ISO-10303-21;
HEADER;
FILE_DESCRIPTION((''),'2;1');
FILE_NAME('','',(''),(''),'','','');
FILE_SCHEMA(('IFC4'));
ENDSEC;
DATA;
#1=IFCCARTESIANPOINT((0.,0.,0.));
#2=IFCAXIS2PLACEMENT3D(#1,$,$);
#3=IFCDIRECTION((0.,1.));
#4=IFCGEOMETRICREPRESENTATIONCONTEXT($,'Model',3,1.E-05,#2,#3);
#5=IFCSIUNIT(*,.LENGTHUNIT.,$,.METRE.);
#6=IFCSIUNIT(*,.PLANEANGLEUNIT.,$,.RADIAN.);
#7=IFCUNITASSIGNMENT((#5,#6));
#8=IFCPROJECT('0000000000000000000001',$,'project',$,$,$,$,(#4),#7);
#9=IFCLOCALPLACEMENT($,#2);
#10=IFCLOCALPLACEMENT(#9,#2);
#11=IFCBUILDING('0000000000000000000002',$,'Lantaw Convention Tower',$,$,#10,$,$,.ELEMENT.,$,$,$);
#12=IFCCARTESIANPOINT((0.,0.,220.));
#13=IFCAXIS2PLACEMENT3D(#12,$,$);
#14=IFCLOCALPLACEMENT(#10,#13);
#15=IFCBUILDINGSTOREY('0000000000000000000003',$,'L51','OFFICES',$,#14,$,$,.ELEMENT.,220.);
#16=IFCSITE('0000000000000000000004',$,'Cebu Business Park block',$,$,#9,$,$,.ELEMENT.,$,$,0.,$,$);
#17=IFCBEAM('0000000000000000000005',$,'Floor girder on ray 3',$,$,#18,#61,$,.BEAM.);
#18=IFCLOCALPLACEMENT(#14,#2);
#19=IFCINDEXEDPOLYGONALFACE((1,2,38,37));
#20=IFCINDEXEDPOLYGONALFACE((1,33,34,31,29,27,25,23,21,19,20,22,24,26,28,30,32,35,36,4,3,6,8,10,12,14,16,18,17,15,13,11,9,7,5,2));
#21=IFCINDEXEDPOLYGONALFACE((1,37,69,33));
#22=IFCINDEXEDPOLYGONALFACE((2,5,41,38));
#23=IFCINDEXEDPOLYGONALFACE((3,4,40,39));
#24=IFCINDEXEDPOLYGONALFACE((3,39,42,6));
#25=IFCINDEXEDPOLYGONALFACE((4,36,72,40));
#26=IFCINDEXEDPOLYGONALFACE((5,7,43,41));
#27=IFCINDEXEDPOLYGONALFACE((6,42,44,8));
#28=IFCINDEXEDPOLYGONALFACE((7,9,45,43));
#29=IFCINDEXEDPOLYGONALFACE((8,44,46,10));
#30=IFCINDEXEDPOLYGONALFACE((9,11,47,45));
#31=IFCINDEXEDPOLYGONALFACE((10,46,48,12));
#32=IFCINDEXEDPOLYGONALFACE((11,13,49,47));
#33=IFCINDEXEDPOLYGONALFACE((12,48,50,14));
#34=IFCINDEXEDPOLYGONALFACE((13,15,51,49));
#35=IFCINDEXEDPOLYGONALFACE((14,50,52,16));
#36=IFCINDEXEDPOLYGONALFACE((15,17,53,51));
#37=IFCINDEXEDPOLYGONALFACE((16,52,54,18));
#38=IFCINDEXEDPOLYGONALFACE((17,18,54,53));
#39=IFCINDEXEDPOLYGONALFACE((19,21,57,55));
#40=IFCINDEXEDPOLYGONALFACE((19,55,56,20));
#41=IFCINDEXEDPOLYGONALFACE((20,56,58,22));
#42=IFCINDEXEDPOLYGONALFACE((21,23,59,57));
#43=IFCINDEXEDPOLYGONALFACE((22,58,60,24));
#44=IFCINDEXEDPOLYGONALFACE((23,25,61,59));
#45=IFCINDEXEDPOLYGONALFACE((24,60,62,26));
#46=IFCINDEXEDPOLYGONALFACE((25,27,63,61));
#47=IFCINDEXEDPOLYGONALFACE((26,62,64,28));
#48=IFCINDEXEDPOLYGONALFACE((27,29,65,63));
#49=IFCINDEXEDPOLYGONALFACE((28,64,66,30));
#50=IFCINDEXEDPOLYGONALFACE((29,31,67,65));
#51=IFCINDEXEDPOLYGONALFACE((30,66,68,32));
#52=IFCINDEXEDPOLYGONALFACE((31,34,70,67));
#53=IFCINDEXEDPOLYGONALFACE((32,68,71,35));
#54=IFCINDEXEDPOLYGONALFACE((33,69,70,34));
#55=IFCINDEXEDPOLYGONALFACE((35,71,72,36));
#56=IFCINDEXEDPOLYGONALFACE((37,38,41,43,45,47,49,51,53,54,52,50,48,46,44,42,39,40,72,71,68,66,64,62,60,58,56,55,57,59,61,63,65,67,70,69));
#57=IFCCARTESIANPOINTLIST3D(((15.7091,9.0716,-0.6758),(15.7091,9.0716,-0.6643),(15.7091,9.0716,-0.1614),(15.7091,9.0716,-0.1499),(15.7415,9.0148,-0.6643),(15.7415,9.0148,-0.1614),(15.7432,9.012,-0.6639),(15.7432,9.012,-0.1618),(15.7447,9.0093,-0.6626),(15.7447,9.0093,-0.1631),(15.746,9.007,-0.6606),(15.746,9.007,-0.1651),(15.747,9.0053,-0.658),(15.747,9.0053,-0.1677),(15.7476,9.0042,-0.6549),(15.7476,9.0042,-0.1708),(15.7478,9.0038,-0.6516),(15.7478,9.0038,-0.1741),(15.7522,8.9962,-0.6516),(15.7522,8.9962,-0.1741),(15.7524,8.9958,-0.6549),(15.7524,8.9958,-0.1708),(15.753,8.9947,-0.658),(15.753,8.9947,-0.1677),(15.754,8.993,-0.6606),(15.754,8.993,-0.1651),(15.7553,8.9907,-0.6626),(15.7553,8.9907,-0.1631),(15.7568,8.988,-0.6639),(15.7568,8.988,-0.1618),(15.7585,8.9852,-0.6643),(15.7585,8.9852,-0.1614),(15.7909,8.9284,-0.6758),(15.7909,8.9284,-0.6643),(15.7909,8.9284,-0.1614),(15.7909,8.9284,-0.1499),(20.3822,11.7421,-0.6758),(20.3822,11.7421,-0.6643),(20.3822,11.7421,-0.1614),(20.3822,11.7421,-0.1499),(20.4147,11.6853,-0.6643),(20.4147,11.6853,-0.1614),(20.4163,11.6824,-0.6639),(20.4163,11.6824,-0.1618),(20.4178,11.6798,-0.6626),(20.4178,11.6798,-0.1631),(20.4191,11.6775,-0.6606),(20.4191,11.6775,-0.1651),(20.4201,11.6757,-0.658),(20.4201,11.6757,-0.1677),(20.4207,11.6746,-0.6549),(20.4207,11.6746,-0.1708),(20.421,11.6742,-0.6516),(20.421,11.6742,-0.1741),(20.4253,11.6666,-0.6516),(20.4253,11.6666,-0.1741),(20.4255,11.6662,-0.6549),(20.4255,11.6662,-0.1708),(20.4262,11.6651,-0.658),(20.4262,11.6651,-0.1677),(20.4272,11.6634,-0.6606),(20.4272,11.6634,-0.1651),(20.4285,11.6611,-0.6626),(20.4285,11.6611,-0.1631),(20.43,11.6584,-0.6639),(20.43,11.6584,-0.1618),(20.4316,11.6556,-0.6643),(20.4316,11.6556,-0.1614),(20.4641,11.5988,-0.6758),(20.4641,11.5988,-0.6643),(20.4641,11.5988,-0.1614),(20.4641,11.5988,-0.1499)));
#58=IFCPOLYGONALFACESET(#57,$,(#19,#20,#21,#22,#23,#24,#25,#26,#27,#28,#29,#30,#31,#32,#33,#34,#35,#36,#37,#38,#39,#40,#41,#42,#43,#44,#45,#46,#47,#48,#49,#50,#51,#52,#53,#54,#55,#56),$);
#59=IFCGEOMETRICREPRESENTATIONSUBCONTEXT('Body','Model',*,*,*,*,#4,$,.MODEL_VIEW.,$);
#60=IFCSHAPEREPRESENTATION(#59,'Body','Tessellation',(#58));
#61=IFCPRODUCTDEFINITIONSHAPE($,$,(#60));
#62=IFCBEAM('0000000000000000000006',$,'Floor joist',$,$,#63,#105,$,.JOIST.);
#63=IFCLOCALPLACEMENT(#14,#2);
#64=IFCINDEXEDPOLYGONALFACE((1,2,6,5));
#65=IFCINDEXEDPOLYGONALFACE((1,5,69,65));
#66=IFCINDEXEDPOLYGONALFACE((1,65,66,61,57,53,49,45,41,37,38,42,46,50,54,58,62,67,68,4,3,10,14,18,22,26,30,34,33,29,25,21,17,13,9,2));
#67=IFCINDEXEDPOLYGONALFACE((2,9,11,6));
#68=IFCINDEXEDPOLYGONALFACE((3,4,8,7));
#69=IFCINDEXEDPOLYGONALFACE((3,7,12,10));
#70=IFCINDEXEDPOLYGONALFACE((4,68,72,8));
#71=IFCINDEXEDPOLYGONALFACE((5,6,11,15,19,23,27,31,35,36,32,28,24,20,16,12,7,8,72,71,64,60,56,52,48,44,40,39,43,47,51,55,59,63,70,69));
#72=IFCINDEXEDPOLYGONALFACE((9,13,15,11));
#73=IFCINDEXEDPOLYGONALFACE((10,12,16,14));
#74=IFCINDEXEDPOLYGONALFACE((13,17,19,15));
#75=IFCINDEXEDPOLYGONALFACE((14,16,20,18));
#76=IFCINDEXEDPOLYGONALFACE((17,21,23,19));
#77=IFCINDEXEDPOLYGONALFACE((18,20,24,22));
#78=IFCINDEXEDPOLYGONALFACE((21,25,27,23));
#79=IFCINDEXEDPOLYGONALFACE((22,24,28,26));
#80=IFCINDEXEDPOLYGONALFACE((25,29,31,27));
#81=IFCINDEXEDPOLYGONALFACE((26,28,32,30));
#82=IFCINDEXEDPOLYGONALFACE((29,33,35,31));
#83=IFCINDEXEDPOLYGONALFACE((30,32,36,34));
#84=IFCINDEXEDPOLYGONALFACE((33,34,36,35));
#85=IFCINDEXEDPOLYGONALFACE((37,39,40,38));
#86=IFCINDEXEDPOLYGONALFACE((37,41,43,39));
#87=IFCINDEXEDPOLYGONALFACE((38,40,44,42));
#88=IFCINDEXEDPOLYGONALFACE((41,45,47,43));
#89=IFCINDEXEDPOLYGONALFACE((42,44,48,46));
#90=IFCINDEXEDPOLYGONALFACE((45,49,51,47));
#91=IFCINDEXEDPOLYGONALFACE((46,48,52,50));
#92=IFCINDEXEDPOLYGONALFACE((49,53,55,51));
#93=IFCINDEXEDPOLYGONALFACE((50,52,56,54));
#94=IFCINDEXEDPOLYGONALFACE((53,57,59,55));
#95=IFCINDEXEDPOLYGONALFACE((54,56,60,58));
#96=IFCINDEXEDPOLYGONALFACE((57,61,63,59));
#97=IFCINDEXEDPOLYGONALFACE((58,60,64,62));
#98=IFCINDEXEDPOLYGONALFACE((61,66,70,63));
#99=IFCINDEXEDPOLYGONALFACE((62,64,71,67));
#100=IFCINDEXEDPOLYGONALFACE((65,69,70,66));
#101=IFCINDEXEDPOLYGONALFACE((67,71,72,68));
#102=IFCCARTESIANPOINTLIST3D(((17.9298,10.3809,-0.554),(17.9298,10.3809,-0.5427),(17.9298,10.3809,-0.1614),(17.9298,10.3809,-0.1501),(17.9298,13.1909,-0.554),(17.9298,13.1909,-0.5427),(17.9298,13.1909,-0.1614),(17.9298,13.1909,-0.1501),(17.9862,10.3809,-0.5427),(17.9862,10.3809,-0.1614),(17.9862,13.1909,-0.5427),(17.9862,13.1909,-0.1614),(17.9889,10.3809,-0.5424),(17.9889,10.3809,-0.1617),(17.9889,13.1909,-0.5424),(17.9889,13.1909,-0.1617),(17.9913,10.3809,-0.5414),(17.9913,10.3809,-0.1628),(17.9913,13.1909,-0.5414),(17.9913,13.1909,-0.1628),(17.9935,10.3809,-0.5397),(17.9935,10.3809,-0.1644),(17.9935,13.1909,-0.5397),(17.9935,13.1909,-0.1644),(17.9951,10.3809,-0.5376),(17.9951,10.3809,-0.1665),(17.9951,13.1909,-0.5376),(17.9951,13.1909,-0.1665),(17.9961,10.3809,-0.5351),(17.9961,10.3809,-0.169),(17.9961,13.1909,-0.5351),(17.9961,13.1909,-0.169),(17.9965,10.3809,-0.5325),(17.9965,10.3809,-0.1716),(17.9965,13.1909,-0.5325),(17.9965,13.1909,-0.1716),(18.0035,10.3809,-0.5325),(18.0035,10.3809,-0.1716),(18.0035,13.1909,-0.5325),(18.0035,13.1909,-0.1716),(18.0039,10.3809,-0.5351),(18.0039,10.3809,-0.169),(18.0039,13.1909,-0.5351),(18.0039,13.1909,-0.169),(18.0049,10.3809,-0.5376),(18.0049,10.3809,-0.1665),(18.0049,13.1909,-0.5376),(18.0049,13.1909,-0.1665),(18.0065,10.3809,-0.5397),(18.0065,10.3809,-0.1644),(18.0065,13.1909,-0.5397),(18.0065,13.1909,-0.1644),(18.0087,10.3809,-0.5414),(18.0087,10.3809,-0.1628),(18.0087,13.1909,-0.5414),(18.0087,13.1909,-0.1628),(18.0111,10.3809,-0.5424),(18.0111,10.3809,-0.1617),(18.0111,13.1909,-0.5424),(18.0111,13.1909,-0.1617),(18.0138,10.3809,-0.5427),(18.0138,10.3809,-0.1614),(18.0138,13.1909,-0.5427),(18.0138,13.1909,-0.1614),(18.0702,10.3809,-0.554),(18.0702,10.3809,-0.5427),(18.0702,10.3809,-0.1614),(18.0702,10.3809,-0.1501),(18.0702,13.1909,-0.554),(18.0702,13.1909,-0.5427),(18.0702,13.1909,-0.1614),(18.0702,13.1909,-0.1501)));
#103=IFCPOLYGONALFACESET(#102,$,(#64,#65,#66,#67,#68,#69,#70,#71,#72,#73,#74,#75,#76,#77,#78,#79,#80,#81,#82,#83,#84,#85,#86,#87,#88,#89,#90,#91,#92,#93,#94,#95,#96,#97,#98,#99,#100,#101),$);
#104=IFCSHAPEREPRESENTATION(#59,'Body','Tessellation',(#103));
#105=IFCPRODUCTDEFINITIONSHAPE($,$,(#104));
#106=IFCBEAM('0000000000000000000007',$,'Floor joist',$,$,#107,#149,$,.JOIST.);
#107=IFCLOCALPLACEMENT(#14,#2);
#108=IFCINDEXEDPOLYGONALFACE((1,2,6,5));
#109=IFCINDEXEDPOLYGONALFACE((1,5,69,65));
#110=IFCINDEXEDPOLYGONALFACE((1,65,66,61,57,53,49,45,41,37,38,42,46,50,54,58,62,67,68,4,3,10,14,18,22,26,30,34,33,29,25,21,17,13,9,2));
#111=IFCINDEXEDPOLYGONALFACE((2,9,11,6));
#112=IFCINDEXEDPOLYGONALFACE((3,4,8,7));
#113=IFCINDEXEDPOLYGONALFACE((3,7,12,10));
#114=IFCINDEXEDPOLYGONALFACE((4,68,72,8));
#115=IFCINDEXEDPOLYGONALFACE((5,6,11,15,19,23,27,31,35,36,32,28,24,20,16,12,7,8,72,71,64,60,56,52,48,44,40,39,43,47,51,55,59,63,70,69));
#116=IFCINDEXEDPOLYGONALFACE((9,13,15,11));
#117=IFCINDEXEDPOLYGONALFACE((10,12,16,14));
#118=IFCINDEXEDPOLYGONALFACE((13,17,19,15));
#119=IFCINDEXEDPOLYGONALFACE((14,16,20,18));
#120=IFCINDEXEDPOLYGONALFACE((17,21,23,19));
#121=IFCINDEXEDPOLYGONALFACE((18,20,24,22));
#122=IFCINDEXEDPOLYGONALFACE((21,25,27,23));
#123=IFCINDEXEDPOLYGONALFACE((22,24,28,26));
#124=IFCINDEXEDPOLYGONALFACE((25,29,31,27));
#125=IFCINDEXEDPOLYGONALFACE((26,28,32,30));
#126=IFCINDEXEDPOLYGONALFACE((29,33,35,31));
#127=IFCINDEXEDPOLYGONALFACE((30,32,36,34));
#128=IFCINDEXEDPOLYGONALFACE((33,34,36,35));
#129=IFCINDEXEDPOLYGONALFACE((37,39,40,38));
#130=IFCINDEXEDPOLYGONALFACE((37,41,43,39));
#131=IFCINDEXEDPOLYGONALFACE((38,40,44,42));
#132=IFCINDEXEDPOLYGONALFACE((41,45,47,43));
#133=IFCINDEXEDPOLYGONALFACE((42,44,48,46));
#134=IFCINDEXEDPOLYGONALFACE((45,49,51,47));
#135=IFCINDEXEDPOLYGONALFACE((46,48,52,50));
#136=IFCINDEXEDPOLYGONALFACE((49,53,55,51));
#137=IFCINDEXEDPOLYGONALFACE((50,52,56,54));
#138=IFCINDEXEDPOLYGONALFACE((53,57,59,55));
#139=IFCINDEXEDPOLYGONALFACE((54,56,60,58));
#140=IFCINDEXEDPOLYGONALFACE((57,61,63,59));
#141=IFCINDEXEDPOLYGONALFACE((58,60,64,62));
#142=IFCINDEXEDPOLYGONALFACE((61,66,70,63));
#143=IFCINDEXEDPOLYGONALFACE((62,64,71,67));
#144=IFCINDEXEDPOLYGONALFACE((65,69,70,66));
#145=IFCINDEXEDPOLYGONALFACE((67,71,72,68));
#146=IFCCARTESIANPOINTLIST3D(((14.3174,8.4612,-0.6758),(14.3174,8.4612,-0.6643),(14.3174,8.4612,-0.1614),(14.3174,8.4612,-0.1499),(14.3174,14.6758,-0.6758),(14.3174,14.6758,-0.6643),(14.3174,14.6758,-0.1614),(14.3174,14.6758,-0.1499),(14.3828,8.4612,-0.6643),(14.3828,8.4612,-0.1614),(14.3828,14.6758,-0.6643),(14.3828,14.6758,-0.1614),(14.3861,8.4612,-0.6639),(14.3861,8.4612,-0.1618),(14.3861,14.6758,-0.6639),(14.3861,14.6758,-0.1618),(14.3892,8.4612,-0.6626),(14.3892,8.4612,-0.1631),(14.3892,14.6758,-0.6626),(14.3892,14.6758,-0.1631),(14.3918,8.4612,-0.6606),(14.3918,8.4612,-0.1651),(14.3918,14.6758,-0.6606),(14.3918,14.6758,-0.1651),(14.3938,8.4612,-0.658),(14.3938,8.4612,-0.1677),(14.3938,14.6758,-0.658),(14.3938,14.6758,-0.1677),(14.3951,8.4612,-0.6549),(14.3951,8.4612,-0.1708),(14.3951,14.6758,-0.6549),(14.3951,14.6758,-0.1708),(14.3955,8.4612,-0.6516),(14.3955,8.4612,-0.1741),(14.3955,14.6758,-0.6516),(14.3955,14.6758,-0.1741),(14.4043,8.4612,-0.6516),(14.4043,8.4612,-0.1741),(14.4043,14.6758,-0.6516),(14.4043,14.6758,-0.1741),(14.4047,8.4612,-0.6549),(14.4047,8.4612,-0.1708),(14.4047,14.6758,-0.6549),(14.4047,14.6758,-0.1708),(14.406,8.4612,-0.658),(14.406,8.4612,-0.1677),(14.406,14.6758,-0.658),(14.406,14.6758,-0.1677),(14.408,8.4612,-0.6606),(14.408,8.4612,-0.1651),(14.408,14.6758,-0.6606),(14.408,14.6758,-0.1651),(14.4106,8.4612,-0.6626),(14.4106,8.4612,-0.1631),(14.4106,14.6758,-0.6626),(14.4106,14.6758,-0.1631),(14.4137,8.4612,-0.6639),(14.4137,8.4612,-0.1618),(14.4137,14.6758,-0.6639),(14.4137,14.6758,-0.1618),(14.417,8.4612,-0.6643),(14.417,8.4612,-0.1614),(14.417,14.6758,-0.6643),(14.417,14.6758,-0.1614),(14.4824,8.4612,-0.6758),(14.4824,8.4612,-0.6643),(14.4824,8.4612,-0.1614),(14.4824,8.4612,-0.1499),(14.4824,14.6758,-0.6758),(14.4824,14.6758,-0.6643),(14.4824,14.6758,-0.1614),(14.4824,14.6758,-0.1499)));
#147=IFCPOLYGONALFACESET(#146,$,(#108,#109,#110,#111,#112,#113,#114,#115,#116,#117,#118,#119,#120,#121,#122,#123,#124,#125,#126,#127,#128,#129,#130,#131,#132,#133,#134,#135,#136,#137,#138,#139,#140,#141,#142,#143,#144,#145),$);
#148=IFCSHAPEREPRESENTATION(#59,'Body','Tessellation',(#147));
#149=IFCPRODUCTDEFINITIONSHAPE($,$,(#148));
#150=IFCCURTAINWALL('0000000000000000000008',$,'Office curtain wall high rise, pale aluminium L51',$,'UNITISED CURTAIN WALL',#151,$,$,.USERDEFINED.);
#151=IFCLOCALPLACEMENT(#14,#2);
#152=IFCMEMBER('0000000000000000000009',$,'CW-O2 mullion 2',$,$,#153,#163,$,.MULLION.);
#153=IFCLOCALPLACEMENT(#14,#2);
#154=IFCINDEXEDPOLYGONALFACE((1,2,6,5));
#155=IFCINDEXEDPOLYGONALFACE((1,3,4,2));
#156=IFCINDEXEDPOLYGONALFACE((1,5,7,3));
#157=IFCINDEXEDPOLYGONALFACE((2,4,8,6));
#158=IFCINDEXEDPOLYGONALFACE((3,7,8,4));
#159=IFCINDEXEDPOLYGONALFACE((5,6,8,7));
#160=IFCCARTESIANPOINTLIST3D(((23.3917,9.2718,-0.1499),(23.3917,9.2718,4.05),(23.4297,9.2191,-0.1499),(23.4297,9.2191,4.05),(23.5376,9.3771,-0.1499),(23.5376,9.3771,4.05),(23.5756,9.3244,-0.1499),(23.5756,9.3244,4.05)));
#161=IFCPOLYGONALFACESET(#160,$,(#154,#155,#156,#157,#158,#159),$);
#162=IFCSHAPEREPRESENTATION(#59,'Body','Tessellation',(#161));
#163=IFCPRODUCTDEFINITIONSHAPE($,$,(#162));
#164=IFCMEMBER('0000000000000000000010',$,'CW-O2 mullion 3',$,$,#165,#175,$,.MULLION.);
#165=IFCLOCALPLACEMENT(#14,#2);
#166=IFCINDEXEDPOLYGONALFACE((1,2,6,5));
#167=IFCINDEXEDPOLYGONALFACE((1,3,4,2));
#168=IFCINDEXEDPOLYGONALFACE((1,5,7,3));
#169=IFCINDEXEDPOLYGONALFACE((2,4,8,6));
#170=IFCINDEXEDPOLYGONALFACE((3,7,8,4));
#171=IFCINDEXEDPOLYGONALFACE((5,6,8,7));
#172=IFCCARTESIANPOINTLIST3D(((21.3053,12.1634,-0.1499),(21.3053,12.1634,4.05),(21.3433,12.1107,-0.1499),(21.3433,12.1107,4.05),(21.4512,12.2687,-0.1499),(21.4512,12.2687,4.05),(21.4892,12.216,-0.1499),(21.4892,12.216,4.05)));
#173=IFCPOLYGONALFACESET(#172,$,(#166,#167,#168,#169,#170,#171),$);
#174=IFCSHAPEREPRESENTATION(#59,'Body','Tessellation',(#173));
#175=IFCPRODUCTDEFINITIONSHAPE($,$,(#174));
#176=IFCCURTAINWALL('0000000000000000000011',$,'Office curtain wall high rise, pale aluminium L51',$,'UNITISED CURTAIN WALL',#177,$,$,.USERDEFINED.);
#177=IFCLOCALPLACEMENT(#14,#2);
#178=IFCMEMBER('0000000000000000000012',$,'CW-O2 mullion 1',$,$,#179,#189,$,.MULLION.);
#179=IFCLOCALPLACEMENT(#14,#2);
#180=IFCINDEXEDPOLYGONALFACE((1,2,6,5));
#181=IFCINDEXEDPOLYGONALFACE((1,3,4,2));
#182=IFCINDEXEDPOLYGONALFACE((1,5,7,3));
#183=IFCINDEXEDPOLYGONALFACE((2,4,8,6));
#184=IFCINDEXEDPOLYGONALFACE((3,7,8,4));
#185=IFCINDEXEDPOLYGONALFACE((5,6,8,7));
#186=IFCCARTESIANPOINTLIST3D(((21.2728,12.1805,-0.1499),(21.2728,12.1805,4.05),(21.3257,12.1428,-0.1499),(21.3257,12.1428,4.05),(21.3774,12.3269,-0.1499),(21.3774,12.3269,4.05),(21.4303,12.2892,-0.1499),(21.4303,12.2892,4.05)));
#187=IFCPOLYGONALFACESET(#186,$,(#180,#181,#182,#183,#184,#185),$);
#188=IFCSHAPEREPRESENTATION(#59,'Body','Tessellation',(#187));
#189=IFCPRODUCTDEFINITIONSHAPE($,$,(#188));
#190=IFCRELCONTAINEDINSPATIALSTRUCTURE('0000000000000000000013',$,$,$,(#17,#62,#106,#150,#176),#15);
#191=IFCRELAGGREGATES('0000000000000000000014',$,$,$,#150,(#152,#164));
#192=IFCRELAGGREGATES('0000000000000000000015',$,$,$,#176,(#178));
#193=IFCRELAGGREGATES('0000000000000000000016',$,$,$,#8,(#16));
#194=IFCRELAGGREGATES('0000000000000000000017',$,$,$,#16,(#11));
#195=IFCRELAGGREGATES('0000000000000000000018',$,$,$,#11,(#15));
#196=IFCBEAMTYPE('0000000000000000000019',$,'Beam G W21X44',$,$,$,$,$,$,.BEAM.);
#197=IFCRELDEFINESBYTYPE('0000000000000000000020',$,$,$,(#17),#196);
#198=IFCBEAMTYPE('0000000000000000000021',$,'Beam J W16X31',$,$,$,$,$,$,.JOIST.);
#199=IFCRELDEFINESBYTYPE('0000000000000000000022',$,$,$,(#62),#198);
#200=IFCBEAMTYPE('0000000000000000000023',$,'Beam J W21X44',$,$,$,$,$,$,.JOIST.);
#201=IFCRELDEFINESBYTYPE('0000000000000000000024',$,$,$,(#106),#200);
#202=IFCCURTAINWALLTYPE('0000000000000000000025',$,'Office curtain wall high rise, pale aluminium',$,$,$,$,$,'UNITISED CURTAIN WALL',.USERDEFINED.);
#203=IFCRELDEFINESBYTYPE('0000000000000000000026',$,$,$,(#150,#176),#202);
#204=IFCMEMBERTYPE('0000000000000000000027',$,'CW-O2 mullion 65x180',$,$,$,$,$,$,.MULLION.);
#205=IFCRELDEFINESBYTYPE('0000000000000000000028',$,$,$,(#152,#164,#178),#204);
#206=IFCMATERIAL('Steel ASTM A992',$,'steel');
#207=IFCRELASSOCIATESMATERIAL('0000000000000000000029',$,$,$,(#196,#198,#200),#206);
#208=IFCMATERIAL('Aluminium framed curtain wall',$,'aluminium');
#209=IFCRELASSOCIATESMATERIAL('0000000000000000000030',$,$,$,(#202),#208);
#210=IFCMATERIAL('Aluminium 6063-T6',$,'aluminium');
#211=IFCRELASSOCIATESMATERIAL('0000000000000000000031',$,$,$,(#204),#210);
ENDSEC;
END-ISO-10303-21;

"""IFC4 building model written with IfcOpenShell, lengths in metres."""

from ifc_helpers import new_model, si_unit, direction, frame, origin, origin_2d, place, context, subcontext, project, spatial, rectangle, i_section, extrude, material, material_profile, profile_set, type_object, element, aggregate, save


model = new_model("IFC4")

# Units and contexts
model_context = context("Model", 3, precision=1e-05, world=origin(), true_north=direction((0.0, 1.0)))
body_context = subcontext(model_context, "Body", "Model", "MODEL_VIEW")
ifc_project = project(units=[si_unit("LENGTHUNIT", "METRE"), si_unit("PLANEANGLEUNIT", "RADIAN")], contexts=[model_context])

# Site, building, storey
site_placement = place(None, origin())
site = spatial("IfcSite", under=ifc_project, at=site_placement, Name="Cebu Business Park block", CompositionType="ELEMENT", RefElevation=0.0)
building_placement = place(site_placement, origin())
building = spatial("IfcBuilding", under=site, at=building_placement, Name="Lantaw Convention Tower", CompositionType="ELEMENT")
storey_placement = place(building_placement, frame((0.0, 0.0, 220.0)))
storey = spatial("IfcBuildingStorey", under=building, at=storey_placement, Name="L51", Description="OFFICES", CompositionType="ELEMENT", Elevation=220.0)

# Beams
ifc_material_1 = material(Name="Steel ASTM A992", Category="steel")
ifc_material_profile_1 = material_profile(ifc_material_1, i_section(OverallWidth=0.165, OverallDepth=0.5259, WebThickness=0.0088, FlangeThickness=0.0115, FilletRadius=0.0127, at=origin_2d()), Name="W21X44")
ifc_profile_set_1 = profile_set([ifc_material_profile_1], Name="Steel ASTM A992")
beam_type_1 = type_object("IfcBeamType", Name="Beam G W21X44", PredefinedType="BEAM", material=ifc_profile_set_1)
beam_1_placement = place(storey_placement, frame((15.75, 9.0, -0.4128), z_axis=(0.868238, 0.496149, 0.0), x_axis=(-0.496149, 0.868238, 0.0)))
element("IfcBeam", 1, at=beam_1_placement, inside=storey, type_object=beam_type_1, Name="Floor girder on ray 3", PredefinedType="BEAM", context=body_context, shape_type="SweptSolid", body=[
    extrude(i_section(OverallWidth=0.165, OverallDepth=0.5259, WebThickness=0.0088, FlangeThickness=0.0115, FilletRadius=0.0127, at=origin_2d()), origin(), (0.0, 0.0, 1.0), 5.3823),
])
ifc_material_profile_2 = material_profile(ifc_material_1, i_section(OverallWidth=0.1404, OverallDepth=0.4038, WebThickness=0.0071, FlangeThickness=0.0112, FilletRadius=0.0103, at=origin_2d()), Name="W16X31")
ifc_profile_set_2 = profile_set([ifc_material_profile_2], Name="Steel ASTM A992")
beam_type_2 = type_object("IfcBeamType", Name="Beam J W16X31", PredefinedType="JOIST", material=ifc_profile_set_2)
beam_2_placement = place(storey_placement, frame((18.0, 10.3809, -0.3521), z_axis=(0.0, 1.0, 0.0), x_axis=(-1.0, 0.0, 0.0)))
element("IfcBeam", 2, at=beam_2_placement, inside=storey, type_object=beam_type_2, Name="Floor joist", PredefinedType="JOIST", context=body_context, shape_type="SweptSolid", body=[
    extrude(i_section(OverallWidth=0.1404, OverallDepth=0.4038, WebThickness=0.0071, FlangeThickness=0.0112, FilletRadius=0.0103, at=origin_2d()), origin(), (0.0, 0.0, 1.0), 2.8101),
])
ifc_material_profile_3 = material_profile(ifc_material_1, i_section(OverallWidth=0.165, OverallDepth=0.5259, WebThickness=0.0088, FlangeThickness=0.0115, FilletRadius=0.0127, at=origin_2d()), Name="W21X44")
ifc_profile_set_3 = profile_set([ifc_material_profile_3], Name="Steel ASTM A992")
beam_type_3 = type_object("IfcBeamType", Name="Beam J W21X44", PredefinedType="JOIST", material=ifc_profile_set_3)
beam_3_placement = place(storey_placement, frame((14.3999, 8.4612, -0.4128), z_axis=(0.0, 1.0, 0.0), x_axis=(-1.0, 0.0, 0.0)))
element("IfcBeam", 3, at=beam_3_placement, inside=storey, type_object=beam_type_3, Name="Floor joist", PredefinedType="JOIST", context=body_context, shape_type="SweptSolid", body=[
    extrude(i_section(OverallWidth=0.165, OverallDepth=0.5259, WebThickness=0.0088, FlangeThickness=0.0115, FilletRadius=0.0127, at=origin_2d()), origin(), (0.0, 0.0, 1.0), 6.2146),
])

# Curtain walls, members
ifc_material_2 = material(Name="Aluminium framed curtain wall", Category="aluminium")
curtain_wall_type = type_object("IfcCurtainWallType", Name="Office curtain wall high rise, pale aluminium", ElementType="UNITISED CURTAIN WALL", PredefinedType="USERDEFINED", material=ifc_material_2)
curtain_wall_1_placement = place(storey_placement, origin())
curtain_wall_1 = element("IfcCurtainWall", 4, at=curtain_wall_1_placement, inside=storey, type_object=curtain_wall_type, Name="Office curtain wall high rise, pale aluminium L51", ObjectType="UNITISED CURTAIN WALL", PredefinedType="USERDEFINED")
ifc_material_3 = material(Name="Aluminium 6063-T6", Category="aluminium")
ifc_material_profile_4 = material_profile(ifc_material_3, rectangle(XDim=0.1799, YDim=0.0649, at=origin_2d()), Name="CW-O2 mullion 65x180")
ifc_profile_set_4 = profile_set([ifc_material_profile_4], Name="Aluminium 6063-T6")
member_type_1 = type_object("IfcMemberType", Name="CW-O2 mullion 65x180", PredefinedType="MULLION", material=ifc_profile_set_4)
member_1_placement = place(storey_placement, frame((23.4836, 9.2981, -0.1499), z_axis=(0.0, 0.0, 1.0), x_axis=(-0.81092, -0.585158, 0.0)))
member_1 = element("IfcMember", 5, at=member_1_placement, type_object=member_type_1, Name="CW-O2 mullion 2", PredefinedType="MULLION", context=body_context, shape_type="SweptSolid", body=[
    extrude(rectangle(XDim=0.1799, YDim=0.0649, at=origin_2d()), origin(), (0.0, 0.0, 1.0), 4.2),
])
member_2_placement = place(storey_placement, frame((21.3972, 12.1897, -0.1499), z_axis=(0.0, 0.0, 1.0), x_axis=(-0.81092, -0.585158, 0.0)))
member_2 = element("IfcMember", 6, at=member_2_placement, type_object=member_type_1, Name="CW-O2 mullion 3", PredefinedType="MULLION", context=body_context, shape_type="SweptSolid", body=[
    extrude(rectangle(XDim=0.1799, YDim=0.0649, at=origin_2d()), origin(), (0.0, 0.0, 1.0), 4.2),
])
curtain_wall_2_placement = place(storey_placement, origin())
curtain_wall_2 = element("IfcCurtainWall", 7, at=curtain_wall_2_placement, inside=storey, type_object=curtain_wall_type, Name="Office curtain wall high rise, pale aluminium L51", ObjectType="UNITISED CURTAIN WALL", PredefinedType="USERDEFINED")
member_3_placement = place(storey_placement, frame((21.3516, 12.2349, -0.1499), z_axis=(0.0, 0.0, 1.0), x_axis=(-0.581323, -0.813673, 0.0)))
member_3 = element("IfcMember", 8, at=member_3_placement, type_object=member_type_1, Name="CW-O2 mullion 1", PredefinedType="MULLION", context=body_context, shape_type="SweptSolid", body=[
    extrude(rectangle(XDim=0.1799, YDim=0.0649, at=origin_2d()), origin(), (0.0, 0.0, 1.0), 4.2),
])

aggregate(curtain_wall_1, [member_1, member_2])
aggregate(curtain_wall_2, [member_3])

save(model, "model.ifc")
